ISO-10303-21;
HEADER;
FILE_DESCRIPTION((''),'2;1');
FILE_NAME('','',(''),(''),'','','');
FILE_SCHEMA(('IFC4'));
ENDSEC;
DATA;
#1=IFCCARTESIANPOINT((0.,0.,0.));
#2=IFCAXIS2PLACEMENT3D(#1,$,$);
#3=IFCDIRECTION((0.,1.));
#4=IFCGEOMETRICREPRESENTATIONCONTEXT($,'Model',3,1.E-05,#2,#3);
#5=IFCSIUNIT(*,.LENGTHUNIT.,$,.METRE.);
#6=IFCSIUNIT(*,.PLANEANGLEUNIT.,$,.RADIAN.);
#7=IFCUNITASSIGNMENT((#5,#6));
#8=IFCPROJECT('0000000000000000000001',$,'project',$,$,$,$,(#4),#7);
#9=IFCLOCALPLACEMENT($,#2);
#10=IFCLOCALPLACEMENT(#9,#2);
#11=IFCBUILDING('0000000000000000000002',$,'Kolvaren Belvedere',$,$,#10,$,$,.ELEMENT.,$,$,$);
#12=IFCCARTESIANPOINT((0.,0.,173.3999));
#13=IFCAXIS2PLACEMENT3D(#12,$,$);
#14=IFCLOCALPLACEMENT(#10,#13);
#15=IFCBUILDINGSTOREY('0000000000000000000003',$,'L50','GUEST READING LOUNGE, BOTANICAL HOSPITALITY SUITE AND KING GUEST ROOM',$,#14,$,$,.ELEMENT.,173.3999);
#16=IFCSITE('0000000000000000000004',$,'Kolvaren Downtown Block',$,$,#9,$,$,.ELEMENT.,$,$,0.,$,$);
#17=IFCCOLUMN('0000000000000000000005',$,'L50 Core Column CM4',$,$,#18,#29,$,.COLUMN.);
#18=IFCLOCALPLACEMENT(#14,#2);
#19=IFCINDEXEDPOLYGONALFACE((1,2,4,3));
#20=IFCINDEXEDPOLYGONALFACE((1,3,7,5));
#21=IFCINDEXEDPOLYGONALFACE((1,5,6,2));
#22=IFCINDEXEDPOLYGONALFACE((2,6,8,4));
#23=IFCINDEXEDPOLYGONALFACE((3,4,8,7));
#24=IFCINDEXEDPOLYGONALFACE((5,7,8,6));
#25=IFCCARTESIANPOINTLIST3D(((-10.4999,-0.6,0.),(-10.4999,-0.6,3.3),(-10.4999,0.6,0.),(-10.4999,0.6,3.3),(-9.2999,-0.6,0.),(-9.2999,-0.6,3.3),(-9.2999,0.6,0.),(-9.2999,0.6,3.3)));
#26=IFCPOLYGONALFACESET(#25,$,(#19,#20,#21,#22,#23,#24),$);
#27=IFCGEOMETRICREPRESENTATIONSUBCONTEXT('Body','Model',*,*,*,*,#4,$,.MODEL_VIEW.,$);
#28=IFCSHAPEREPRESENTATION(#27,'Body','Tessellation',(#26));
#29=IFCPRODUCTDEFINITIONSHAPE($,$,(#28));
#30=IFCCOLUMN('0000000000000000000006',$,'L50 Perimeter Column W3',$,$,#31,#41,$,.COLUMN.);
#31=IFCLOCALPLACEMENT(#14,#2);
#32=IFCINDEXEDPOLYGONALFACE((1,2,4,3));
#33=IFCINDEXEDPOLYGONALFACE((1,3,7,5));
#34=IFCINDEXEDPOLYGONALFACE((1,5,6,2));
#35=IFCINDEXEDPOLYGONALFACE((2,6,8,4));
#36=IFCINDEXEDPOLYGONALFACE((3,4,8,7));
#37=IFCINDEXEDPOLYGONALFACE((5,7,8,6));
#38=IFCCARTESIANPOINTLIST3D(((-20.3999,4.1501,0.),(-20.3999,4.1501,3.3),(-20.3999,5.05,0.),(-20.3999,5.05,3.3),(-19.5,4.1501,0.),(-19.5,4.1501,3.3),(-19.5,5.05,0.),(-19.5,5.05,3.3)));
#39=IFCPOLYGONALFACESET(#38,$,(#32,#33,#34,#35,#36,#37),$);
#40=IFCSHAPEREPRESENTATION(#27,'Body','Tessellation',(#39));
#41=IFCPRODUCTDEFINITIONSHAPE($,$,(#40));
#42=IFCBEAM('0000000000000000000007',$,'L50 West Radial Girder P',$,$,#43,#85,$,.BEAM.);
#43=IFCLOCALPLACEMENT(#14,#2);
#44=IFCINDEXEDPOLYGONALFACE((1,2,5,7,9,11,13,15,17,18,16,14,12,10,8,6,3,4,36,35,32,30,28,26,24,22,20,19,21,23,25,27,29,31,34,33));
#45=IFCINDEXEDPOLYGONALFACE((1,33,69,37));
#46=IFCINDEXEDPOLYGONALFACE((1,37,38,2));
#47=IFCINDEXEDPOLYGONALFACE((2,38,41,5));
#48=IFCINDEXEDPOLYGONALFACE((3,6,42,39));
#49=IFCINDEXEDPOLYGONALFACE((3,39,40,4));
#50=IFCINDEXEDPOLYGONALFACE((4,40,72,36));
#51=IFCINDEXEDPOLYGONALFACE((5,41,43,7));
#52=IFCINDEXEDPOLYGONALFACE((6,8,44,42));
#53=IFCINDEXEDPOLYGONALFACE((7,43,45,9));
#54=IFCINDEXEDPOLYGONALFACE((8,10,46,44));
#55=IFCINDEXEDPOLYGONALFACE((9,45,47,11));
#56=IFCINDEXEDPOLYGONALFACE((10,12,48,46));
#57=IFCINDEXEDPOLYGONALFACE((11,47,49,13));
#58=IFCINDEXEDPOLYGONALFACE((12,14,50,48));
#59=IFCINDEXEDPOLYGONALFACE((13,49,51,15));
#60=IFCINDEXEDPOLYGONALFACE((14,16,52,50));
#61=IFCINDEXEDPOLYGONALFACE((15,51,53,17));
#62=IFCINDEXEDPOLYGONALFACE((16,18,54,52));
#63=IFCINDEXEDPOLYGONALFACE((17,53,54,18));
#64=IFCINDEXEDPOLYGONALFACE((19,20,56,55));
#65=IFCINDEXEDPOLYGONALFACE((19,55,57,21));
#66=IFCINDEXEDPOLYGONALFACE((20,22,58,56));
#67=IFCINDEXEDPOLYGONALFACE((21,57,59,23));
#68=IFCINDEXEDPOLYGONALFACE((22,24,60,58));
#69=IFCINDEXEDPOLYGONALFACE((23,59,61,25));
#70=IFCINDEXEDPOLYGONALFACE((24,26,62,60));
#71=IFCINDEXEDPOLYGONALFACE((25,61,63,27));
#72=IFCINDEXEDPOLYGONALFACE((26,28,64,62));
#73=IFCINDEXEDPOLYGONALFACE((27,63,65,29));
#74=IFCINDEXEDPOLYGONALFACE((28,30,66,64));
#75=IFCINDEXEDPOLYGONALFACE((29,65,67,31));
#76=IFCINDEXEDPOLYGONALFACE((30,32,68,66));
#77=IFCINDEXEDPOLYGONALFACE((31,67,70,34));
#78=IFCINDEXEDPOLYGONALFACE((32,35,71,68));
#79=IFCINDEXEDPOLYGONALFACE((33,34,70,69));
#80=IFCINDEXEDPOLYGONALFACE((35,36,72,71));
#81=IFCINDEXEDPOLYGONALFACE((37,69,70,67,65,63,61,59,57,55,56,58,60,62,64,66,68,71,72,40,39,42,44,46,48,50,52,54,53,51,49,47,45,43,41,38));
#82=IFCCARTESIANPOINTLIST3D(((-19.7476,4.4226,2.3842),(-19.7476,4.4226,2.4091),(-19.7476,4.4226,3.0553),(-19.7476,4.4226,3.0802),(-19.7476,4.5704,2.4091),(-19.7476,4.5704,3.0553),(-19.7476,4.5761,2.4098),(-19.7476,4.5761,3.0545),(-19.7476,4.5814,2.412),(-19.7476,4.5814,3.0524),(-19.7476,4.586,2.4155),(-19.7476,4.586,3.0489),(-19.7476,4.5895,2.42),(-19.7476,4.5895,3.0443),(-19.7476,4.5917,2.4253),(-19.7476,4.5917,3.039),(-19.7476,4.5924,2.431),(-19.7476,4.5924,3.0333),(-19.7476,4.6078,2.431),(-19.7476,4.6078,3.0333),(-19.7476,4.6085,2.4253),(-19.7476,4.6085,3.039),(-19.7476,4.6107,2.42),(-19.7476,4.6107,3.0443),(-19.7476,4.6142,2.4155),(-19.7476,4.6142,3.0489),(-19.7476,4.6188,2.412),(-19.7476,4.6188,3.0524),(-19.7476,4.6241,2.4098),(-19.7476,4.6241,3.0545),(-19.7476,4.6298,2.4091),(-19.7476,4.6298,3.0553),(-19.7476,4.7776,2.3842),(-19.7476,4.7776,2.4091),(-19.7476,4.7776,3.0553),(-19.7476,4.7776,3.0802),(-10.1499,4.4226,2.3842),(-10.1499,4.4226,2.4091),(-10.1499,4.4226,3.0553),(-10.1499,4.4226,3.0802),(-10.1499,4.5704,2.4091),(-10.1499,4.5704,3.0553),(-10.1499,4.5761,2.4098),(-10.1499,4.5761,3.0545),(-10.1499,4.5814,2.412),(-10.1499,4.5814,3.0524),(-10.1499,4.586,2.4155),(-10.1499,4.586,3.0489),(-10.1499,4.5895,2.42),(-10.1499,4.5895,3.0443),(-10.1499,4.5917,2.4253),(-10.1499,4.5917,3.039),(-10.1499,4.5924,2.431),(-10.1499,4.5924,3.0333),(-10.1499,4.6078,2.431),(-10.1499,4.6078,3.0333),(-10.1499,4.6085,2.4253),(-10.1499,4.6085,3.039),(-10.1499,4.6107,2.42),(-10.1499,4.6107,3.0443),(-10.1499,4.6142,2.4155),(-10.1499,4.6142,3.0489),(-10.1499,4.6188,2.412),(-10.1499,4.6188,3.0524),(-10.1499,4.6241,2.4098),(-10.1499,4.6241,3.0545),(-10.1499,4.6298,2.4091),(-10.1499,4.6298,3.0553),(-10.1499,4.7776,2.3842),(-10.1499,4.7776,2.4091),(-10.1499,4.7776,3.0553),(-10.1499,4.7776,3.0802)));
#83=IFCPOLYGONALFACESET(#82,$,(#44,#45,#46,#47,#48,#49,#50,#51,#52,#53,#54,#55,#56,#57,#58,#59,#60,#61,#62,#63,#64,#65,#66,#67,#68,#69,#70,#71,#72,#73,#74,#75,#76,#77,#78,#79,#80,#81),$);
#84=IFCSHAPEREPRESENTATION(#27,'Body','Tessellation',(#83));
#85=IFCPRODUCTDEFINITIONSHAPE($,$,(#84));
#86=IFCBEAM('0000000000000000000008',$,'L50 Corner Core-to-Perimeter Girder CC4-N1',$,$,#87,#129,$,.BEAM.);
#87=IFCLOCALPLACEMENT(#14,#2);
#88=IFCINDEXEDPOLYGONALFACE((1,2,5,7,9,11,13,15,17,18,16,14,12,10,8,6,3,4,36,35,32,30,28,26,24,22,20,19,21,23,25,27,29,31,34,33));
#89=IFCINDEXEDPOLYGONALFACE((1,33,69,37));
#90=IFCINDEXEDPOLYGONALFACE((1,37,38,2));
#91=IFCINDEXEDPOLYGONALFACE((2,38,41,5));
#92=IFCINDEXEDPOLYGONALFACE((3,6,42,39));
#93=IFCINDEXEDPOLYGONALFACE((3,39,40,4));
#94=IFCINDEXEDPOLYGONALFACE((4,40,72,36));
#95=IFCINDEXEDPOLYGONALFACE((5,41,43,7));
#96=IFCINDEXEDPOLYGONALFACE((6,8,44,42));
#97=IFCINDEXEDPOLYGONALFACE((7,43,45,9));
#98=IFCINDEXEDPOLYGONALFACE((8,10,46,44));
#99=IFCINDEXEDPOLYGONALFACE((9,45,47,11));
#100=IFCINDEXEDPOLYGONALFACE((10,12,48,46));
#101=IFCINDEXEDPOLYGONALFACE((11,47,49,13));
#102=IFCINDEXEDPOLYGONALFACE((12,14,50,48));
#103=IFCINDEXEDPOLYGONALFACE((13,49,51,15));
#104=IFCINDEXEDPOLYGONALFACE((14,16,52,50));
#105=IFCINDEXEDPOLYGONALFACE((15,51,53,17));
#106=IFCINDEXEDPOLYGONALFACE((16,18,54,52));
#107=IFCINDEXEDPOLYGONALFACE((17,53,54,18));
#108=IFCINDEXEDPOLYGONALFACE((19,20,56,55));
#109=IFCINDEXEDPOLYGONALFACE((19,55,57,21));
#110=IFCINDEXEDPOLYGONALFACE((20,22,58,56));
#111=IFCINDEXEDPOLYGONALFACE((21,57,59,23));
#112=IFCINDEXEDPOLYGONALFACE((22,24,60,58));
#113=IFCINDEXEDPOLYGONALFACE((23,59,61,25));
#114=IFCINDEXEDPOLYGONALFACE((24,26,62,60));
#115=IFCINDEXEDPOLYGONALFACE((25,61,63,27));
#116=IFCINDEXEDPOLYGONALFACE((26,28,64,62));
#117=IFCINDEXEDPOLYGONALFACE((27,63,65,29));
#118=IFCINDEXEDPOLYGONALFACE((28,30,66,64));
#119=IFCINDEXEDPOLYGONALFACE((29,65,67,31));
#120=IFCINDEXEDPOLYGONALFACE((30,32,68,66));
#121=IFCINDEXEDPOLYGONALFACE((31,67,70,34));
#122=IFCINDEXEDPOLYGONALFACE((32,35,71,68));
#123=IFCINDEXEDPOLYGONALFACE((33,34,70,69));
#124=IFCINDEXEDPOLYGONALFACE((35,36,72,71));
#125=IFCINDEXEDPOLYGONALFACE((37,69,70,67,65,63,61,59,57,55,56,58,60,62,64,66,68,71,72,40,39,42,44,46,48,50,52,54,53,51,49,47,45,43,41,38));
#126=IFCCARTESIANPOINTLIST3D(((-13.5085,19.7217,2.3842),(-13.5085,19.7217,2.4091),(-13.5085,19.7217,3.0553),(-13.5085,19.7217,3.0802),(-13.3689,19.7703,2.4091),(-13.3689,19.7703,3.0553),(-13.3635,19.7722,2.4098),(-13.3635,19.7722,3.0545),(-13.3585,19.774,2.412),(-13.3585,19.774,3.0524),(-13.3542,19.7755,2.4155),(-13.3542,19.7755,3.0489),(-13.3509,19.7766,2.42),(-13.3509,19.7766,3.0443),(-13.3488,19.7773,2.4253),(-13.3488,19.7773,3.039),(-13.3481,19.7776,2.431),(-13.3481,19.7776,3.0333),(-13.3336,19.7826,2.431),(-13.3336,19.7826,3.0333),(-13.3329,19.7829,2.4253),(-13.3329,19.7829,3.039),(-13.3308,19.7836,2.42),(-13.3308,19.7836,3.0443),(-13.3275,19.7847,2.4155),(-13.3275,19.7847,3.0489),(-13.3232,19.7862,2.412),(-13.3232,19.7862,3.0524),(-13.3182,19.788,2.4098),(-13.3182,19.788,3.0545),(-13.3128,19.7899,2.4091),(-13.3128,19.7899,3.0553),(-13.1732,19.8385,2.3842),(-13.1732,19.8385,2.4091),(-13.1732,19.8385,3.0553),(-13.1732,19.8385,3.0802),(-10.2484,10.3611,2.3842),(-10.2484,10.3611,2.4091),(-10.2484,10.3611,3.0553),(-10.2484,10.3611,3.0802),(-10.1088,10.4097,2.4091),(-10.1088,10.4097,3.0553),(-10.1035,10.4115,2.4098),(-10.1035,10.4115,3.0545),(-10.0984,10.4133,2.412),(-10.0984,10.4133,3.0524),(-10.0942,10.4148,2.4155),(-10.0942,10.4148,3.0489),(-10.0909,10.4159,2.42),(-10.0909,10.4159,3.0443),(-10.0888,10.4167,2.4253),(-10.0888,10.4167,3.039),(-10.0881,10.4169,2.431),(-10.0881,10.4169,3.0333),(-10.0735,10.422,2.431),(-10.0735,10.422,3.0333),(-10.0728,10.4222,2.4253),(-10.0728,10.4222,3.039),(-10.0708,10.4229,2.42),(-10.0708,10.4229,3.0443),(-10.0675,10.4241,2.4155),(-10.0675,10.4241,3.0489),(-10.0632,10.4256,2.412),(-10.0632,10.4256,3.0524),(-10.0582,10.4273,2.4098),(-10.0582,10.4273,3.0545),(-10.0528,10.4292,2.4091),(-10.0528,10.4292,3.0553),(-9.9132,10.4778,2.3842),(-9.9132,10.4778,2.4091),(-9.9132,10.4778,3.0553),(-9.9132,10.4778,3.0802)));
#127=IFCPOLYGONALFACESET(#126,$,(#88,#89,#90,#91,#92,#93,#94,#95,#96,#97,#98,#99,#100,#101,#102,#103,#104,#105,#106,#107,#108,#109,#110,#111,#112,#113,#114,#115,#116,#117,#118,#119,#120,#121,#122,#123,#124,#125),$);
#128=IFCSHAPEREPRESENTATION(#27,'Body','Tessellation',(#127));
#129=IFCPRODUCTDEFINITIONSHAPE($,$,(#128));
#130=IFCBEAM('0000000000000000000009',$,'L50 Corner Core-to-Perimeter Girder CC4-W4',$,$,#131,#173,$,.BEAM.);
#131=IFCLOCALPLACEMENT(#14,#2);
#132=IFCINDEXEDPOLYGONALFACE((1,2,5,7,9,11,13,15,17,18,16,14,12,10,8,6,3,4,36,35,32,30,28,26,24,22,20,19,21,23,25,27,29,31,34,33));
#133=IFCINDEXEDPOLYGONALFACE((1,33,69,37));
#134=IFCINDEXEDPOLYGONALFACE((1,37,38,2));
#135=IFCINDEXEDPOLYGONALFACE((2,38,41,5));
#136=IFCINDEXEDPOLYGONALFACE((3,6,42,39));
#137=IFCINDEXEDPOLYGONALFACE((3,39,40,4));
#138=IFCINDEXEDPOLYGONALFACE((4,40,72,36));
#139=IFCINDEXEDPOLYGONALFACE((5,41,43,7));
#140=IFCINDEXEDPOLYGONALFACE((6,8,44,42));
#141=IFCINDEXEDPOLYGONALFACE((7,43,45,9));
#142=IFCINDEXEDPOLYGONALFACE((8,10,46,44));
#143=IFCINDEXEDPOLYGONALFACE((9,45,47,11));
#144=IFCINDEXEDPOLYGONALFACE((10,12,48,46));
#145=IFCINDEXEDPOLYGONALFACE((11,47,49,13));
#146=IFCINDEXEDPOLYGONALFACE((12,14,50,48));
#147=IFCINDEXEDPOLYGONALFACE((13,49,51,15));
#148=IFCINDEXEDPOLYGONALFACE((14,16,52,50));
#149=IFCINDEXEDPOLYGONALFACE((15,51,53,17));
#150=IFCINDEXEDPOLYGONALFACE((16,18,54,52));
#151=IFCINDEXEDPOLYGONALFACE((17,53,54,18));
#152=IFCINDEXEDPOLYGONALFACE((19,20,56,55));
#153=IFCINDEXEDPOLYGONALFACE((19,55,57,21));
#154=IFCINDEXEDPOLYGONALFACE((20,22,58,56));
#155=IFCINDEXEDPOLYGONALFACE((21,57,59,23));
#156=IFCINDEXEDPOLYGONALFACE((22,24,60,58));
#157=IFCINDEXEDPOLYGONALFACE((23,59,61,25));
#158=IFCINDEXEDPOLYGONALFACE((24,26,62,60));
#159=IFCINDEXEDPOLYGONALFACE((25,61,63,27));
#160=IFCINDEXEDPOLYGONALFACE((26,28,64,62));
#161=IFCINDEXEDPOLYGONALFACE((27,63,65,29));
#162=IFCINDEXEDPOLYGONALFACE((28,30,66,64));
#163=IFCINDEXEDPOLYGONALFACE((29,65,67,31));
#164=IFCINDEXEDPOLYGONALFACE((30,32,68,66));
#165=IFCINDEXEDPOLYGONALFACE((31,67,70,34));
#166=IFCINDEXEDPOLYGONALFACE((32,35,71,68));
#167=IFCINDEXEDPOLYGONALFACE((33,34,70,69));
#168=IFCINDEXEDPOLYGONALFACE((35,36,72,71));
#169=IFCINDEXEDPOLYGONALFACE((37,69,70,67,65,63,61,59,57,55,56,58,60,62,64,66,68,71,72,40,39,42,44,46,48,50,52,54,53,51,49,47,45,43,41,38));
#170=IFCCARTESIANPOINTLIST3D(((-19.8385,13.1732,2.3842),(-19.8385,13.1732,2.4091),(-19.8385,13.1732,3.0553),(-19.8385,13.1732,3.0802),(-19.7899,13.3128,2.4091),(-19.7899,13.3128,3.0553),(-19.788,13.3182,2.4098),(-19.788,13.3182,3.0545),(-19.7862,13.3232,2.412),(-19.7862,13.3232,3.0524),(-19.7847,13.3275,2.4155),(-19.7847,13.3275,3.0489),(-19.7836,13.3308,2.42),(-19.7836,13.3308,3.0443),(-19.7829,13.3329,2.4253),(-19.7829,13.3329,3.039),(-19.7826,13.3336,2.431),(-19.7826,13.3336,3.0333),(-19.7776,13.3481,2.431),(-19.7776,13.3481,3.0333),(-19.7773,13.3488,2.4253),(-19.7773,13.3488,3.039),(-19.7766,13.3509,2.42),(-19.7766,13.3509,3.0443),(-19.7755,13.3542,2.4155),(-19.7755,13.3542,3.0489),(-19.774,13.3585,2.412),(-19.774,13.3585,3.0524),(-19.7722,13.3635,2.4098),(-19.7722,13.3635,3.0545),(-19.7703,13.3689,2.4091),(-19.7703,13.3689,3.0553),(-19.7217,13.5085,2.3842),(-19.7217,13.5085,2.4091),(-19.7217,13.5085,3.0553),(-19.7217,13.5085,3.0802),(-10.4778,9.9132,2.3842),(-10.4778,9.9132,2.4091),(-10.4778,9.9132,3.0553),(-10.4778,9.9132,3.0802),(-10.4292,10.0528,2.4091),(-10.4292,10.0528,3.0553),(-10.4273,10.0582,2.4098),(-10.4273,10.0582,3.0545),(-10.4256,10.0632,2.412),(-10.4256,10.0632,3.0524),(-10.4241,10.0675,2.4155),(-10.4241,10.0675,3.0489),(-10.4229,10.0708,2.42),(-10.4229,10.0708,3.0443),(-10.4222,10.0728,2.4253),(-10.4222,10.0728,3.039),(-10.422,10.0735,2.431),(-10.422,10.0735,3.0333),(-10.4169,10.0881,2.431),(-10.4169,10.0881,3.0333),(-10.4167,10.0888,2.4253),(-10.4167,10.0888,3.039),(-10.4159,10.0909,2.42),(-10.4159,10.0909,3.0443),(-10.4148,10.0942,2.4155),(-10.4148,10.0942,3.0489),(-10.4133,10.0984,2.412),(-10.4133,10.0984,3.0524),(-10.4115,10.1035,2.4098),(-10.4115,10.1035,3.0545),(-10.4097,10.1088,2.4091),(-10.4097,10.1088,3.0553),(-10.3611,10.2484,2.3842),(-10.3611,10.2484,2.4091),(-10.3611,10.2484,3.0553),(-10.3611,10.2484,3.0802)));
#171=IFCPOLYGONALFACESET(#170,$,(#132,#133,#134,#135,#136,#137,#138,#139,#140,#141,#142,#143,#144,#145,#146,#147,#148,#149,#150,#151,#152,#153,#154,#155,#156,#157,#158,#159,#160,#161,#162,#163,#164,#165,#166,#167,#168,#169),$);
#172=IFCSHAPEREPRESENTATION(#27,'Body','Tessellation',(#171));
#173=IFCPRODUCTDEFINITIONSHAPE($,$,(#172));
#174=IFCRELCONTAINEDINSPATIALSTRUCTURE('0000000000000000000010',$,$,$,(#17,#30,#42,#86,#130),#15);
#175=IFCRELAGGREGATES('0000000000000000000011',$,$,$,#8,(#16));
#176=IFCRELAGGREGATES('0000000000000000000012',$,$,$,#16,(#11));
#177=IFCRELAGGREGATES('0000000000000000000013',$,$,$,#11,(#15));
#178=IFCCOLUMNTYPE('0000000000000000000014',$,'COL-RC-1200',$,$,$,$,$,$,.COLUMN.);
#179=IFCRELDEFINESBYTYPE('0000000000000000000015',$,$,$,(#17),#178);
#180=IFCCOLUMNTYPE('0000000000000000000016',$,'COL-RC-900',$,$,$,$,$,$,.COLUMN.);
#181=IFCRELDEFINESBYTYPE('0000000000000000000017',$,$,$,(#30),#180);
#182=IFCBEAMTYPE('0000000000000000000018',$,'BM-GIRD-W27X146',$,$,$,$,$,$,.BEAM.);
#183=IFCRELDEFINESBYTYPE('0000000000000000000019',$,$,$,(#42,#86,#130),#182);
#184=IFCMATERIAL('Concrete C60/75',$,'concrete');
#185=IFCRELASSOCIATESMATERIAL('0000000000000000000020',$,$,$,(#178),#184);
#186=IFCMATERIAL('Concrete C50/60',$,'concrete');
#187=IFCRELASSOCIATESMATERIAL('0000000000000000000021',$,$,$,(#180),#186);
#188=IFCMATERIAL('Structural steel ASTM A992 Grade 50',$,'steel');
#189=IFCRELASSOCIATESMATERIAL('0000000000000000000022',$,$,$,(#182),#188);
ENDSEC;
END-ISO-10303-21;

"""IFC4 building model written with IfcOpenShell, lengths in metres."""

from ifc_helpers import new_model, si_unit, direction, frame, origin, origin_2d, place, context, subcontext, project, spatial, rectangle, i_section, extrude, material, material_profile, profile_set, type_object, element, save


model = new_model("IFC4")

# Units and contexts
model_context = context("Model", 3, precision=1e-05, world=origin(), true_north=direction((0.0, 1.0)))
body_context = subcontext(model_context, "Body", "Model", "MODEL_VIEW")
ifc_project = project(units=[si_unit("LENGTHUNIT", "METRE"), si_unit("PLANEANGLEUNIT", "RADIAN")], contexts=[model_context])

# Site, building, storey
site_placement = place(None, origin())
site = spatial("IfcSite", under=ifc_project, at=site_placement, Name="Kolvaren Downtown Block", CompositionType="ELEMENT", RefElevation=0.0)
building_placement = place(site_placement, origin())
building = spatial("IfcBuilding", under=site, at=building_placement, Name="Kolvaren Belvedere", CompositionType="ELEMENT")
storey_placement = place(building_placement, frame((0.0, 0.0, 173.3999)))
storey = spatial("IfcBuildingStorey", under=building, at=storey_placement, Name="L50", Description="GUEST READING LOUNGE, BOTANICAL HOSPITALITY SUITE AND KING GUEST ROOM", CompositionType="ELEMENT", Elevation=173.3999)

# Columns
ifc_material_1 = material(Name="Concrete C60/75", Category="concrete")
ifc_material_profile_1 = material_profile(ifc_material_1, rectangle(XDim=1.2, YDim=1.2, at=origin_2d()), Name="RC 1200X1200")
ifc_profile_set_1 = profile_set([ifc_material_profile_1], Name="Concrete C60/75")
column_type_1 = type_object("IfcColumnType", Name="COL-RC-1200", PredefinedType="COLUMN", material=ifc_profile_set_1)
column_1_placement = place(storey_placement, frame((-9.8999, 0.0, 0.0), z_axis=(0.0, 0.0, 1.0), x_axis=(1.0, 0.0, 0.0)))
element("IfcColumn", 1, at=column_1_placement, inside=storey, type_object=column_type_1, Name="L50 Core Column CM4", PredefinedType="COLUMN", context=body_context, shape_type="SweptSolid", body=[
    extrude(rectangle(XDim=1.2, YDim=1.2, at=origin_2d()), origin(), (0.0, 0.0, 1.0), 3.3),
])
ifc_material_2 = material(Name="Concrete C50/60", Category="concrete")
ifc_material_profile_2 = material_profile(ifc_material_2, rectangle(XDim=0.8999, YDim=0.8999, at=origin_2d()), Name="RC 900X900")
ifc_profile_set_2 = profile_set([ifc_material_profile_2], Name="Concrete C50/60")
column_type_2 = type_object("IfcColumnType", Name="COL-RC-900", PredefinedType="COLUMN", material=ifc_profile_set_2)
column_2_placement = place(storey_placement, frame((-19.95, 4.6001, 0.0), z_axis=(0.0, 0.0, 1.0), x_axis=(1.0, 0.0, 0.0)))
element("IfcColumn", 2, at=column_2_placement, inside=storey, type_object=column_type_2, Name="L50 Perimeter Column W3", PredefinedType="COLUMN", context=body_context, shape_type="SweptSolid", body=[
    extrude(rectangle(XDim=0.8999, YDim=0.8999, at=origin_2d()), origin(), (0.0, 0.0, 1.0), 3.3),
])

# Beams
ifc_material_3 = material(Name="Structural steel ASTM A992 Grade 50", Category="steel")
ifc_material_profile_3 = material_profile(ifc_material_3, i_section(OverallWidth=0.355, OverallDepth=0.696, WebThickness=0.0154, FlangeThickness=0.0249, FilletRadius=0.022, at=origin_2d()), Name="W27X146")
ifc_profile_set_3 = profile_set([ifc_material_profile_3], Name="Structural steel ASTM A992 Grade 50")
beam_type_1 = type_object("IfcBeamType", Name="BM-GIRD-W27X146", PredefinedType="BEAM", material=ifc_profile_set_3)
beam_1_placement = place(storey_placement, frame((-10.1499, 4.6001, 2.7322), z_axis=(-1.0, 0.0, 0.0), x_axis=(0.0, -1.0, 0.0)))
element("IfcBeam", 3, at=beam_1_placement, inside=storey, type_object=beam_type_1, Name="L50 West Radial Girder P", PredefinedType="BEAM", context=body_context, shape_type="SweptSolid", body=[
    extrude(i_section(OverallWidth=0.355, OverallDepth=0.696, WebThickness=0.0154, FlangeThickness=0.0249, FilletRadius=0.022, at=origin_2d()), origin(), (0.0, 0.0, 1.0), 9.5977),
])
for number, where, z_axis, x_axis, name in (
    (4, (-10.0808, 10.4194, 2.7322), (-0.328894, 0.944367, 0.0), (-0.944367, -0.328894, 0.0), "L50 Corner Core-to-Perimeter Girder CC4-N1"),
    (5, (-10.4194, 10.0808, 2.7322), (-0.944367, 0.328894, 0.0), (-0.328894, -0.944367, 0.0), "L50 Corner Core-to-Perimeter Girder CC4-W4"),
):
    element("IfcBeam", number, at=place(storey_placement, frame(where, z_axis=z_axis, x_axis=x_axis)), inside=storey, type_object=beam_type_1, Name=name, PredefinedType="BEAM", context=body_context, shape_type="SweptSolid", body=[
        extrude(i_section(OverallWidth=0.355, OverallDepth=0.696, WebThickness=0.0154, FlangeThickness=0.0249, FilletRadius=0.022, at=origin_2d()), origin(), (0.0, 0.0, 1.0), 9.9121),
    ])

save(model, "model.ifc")
